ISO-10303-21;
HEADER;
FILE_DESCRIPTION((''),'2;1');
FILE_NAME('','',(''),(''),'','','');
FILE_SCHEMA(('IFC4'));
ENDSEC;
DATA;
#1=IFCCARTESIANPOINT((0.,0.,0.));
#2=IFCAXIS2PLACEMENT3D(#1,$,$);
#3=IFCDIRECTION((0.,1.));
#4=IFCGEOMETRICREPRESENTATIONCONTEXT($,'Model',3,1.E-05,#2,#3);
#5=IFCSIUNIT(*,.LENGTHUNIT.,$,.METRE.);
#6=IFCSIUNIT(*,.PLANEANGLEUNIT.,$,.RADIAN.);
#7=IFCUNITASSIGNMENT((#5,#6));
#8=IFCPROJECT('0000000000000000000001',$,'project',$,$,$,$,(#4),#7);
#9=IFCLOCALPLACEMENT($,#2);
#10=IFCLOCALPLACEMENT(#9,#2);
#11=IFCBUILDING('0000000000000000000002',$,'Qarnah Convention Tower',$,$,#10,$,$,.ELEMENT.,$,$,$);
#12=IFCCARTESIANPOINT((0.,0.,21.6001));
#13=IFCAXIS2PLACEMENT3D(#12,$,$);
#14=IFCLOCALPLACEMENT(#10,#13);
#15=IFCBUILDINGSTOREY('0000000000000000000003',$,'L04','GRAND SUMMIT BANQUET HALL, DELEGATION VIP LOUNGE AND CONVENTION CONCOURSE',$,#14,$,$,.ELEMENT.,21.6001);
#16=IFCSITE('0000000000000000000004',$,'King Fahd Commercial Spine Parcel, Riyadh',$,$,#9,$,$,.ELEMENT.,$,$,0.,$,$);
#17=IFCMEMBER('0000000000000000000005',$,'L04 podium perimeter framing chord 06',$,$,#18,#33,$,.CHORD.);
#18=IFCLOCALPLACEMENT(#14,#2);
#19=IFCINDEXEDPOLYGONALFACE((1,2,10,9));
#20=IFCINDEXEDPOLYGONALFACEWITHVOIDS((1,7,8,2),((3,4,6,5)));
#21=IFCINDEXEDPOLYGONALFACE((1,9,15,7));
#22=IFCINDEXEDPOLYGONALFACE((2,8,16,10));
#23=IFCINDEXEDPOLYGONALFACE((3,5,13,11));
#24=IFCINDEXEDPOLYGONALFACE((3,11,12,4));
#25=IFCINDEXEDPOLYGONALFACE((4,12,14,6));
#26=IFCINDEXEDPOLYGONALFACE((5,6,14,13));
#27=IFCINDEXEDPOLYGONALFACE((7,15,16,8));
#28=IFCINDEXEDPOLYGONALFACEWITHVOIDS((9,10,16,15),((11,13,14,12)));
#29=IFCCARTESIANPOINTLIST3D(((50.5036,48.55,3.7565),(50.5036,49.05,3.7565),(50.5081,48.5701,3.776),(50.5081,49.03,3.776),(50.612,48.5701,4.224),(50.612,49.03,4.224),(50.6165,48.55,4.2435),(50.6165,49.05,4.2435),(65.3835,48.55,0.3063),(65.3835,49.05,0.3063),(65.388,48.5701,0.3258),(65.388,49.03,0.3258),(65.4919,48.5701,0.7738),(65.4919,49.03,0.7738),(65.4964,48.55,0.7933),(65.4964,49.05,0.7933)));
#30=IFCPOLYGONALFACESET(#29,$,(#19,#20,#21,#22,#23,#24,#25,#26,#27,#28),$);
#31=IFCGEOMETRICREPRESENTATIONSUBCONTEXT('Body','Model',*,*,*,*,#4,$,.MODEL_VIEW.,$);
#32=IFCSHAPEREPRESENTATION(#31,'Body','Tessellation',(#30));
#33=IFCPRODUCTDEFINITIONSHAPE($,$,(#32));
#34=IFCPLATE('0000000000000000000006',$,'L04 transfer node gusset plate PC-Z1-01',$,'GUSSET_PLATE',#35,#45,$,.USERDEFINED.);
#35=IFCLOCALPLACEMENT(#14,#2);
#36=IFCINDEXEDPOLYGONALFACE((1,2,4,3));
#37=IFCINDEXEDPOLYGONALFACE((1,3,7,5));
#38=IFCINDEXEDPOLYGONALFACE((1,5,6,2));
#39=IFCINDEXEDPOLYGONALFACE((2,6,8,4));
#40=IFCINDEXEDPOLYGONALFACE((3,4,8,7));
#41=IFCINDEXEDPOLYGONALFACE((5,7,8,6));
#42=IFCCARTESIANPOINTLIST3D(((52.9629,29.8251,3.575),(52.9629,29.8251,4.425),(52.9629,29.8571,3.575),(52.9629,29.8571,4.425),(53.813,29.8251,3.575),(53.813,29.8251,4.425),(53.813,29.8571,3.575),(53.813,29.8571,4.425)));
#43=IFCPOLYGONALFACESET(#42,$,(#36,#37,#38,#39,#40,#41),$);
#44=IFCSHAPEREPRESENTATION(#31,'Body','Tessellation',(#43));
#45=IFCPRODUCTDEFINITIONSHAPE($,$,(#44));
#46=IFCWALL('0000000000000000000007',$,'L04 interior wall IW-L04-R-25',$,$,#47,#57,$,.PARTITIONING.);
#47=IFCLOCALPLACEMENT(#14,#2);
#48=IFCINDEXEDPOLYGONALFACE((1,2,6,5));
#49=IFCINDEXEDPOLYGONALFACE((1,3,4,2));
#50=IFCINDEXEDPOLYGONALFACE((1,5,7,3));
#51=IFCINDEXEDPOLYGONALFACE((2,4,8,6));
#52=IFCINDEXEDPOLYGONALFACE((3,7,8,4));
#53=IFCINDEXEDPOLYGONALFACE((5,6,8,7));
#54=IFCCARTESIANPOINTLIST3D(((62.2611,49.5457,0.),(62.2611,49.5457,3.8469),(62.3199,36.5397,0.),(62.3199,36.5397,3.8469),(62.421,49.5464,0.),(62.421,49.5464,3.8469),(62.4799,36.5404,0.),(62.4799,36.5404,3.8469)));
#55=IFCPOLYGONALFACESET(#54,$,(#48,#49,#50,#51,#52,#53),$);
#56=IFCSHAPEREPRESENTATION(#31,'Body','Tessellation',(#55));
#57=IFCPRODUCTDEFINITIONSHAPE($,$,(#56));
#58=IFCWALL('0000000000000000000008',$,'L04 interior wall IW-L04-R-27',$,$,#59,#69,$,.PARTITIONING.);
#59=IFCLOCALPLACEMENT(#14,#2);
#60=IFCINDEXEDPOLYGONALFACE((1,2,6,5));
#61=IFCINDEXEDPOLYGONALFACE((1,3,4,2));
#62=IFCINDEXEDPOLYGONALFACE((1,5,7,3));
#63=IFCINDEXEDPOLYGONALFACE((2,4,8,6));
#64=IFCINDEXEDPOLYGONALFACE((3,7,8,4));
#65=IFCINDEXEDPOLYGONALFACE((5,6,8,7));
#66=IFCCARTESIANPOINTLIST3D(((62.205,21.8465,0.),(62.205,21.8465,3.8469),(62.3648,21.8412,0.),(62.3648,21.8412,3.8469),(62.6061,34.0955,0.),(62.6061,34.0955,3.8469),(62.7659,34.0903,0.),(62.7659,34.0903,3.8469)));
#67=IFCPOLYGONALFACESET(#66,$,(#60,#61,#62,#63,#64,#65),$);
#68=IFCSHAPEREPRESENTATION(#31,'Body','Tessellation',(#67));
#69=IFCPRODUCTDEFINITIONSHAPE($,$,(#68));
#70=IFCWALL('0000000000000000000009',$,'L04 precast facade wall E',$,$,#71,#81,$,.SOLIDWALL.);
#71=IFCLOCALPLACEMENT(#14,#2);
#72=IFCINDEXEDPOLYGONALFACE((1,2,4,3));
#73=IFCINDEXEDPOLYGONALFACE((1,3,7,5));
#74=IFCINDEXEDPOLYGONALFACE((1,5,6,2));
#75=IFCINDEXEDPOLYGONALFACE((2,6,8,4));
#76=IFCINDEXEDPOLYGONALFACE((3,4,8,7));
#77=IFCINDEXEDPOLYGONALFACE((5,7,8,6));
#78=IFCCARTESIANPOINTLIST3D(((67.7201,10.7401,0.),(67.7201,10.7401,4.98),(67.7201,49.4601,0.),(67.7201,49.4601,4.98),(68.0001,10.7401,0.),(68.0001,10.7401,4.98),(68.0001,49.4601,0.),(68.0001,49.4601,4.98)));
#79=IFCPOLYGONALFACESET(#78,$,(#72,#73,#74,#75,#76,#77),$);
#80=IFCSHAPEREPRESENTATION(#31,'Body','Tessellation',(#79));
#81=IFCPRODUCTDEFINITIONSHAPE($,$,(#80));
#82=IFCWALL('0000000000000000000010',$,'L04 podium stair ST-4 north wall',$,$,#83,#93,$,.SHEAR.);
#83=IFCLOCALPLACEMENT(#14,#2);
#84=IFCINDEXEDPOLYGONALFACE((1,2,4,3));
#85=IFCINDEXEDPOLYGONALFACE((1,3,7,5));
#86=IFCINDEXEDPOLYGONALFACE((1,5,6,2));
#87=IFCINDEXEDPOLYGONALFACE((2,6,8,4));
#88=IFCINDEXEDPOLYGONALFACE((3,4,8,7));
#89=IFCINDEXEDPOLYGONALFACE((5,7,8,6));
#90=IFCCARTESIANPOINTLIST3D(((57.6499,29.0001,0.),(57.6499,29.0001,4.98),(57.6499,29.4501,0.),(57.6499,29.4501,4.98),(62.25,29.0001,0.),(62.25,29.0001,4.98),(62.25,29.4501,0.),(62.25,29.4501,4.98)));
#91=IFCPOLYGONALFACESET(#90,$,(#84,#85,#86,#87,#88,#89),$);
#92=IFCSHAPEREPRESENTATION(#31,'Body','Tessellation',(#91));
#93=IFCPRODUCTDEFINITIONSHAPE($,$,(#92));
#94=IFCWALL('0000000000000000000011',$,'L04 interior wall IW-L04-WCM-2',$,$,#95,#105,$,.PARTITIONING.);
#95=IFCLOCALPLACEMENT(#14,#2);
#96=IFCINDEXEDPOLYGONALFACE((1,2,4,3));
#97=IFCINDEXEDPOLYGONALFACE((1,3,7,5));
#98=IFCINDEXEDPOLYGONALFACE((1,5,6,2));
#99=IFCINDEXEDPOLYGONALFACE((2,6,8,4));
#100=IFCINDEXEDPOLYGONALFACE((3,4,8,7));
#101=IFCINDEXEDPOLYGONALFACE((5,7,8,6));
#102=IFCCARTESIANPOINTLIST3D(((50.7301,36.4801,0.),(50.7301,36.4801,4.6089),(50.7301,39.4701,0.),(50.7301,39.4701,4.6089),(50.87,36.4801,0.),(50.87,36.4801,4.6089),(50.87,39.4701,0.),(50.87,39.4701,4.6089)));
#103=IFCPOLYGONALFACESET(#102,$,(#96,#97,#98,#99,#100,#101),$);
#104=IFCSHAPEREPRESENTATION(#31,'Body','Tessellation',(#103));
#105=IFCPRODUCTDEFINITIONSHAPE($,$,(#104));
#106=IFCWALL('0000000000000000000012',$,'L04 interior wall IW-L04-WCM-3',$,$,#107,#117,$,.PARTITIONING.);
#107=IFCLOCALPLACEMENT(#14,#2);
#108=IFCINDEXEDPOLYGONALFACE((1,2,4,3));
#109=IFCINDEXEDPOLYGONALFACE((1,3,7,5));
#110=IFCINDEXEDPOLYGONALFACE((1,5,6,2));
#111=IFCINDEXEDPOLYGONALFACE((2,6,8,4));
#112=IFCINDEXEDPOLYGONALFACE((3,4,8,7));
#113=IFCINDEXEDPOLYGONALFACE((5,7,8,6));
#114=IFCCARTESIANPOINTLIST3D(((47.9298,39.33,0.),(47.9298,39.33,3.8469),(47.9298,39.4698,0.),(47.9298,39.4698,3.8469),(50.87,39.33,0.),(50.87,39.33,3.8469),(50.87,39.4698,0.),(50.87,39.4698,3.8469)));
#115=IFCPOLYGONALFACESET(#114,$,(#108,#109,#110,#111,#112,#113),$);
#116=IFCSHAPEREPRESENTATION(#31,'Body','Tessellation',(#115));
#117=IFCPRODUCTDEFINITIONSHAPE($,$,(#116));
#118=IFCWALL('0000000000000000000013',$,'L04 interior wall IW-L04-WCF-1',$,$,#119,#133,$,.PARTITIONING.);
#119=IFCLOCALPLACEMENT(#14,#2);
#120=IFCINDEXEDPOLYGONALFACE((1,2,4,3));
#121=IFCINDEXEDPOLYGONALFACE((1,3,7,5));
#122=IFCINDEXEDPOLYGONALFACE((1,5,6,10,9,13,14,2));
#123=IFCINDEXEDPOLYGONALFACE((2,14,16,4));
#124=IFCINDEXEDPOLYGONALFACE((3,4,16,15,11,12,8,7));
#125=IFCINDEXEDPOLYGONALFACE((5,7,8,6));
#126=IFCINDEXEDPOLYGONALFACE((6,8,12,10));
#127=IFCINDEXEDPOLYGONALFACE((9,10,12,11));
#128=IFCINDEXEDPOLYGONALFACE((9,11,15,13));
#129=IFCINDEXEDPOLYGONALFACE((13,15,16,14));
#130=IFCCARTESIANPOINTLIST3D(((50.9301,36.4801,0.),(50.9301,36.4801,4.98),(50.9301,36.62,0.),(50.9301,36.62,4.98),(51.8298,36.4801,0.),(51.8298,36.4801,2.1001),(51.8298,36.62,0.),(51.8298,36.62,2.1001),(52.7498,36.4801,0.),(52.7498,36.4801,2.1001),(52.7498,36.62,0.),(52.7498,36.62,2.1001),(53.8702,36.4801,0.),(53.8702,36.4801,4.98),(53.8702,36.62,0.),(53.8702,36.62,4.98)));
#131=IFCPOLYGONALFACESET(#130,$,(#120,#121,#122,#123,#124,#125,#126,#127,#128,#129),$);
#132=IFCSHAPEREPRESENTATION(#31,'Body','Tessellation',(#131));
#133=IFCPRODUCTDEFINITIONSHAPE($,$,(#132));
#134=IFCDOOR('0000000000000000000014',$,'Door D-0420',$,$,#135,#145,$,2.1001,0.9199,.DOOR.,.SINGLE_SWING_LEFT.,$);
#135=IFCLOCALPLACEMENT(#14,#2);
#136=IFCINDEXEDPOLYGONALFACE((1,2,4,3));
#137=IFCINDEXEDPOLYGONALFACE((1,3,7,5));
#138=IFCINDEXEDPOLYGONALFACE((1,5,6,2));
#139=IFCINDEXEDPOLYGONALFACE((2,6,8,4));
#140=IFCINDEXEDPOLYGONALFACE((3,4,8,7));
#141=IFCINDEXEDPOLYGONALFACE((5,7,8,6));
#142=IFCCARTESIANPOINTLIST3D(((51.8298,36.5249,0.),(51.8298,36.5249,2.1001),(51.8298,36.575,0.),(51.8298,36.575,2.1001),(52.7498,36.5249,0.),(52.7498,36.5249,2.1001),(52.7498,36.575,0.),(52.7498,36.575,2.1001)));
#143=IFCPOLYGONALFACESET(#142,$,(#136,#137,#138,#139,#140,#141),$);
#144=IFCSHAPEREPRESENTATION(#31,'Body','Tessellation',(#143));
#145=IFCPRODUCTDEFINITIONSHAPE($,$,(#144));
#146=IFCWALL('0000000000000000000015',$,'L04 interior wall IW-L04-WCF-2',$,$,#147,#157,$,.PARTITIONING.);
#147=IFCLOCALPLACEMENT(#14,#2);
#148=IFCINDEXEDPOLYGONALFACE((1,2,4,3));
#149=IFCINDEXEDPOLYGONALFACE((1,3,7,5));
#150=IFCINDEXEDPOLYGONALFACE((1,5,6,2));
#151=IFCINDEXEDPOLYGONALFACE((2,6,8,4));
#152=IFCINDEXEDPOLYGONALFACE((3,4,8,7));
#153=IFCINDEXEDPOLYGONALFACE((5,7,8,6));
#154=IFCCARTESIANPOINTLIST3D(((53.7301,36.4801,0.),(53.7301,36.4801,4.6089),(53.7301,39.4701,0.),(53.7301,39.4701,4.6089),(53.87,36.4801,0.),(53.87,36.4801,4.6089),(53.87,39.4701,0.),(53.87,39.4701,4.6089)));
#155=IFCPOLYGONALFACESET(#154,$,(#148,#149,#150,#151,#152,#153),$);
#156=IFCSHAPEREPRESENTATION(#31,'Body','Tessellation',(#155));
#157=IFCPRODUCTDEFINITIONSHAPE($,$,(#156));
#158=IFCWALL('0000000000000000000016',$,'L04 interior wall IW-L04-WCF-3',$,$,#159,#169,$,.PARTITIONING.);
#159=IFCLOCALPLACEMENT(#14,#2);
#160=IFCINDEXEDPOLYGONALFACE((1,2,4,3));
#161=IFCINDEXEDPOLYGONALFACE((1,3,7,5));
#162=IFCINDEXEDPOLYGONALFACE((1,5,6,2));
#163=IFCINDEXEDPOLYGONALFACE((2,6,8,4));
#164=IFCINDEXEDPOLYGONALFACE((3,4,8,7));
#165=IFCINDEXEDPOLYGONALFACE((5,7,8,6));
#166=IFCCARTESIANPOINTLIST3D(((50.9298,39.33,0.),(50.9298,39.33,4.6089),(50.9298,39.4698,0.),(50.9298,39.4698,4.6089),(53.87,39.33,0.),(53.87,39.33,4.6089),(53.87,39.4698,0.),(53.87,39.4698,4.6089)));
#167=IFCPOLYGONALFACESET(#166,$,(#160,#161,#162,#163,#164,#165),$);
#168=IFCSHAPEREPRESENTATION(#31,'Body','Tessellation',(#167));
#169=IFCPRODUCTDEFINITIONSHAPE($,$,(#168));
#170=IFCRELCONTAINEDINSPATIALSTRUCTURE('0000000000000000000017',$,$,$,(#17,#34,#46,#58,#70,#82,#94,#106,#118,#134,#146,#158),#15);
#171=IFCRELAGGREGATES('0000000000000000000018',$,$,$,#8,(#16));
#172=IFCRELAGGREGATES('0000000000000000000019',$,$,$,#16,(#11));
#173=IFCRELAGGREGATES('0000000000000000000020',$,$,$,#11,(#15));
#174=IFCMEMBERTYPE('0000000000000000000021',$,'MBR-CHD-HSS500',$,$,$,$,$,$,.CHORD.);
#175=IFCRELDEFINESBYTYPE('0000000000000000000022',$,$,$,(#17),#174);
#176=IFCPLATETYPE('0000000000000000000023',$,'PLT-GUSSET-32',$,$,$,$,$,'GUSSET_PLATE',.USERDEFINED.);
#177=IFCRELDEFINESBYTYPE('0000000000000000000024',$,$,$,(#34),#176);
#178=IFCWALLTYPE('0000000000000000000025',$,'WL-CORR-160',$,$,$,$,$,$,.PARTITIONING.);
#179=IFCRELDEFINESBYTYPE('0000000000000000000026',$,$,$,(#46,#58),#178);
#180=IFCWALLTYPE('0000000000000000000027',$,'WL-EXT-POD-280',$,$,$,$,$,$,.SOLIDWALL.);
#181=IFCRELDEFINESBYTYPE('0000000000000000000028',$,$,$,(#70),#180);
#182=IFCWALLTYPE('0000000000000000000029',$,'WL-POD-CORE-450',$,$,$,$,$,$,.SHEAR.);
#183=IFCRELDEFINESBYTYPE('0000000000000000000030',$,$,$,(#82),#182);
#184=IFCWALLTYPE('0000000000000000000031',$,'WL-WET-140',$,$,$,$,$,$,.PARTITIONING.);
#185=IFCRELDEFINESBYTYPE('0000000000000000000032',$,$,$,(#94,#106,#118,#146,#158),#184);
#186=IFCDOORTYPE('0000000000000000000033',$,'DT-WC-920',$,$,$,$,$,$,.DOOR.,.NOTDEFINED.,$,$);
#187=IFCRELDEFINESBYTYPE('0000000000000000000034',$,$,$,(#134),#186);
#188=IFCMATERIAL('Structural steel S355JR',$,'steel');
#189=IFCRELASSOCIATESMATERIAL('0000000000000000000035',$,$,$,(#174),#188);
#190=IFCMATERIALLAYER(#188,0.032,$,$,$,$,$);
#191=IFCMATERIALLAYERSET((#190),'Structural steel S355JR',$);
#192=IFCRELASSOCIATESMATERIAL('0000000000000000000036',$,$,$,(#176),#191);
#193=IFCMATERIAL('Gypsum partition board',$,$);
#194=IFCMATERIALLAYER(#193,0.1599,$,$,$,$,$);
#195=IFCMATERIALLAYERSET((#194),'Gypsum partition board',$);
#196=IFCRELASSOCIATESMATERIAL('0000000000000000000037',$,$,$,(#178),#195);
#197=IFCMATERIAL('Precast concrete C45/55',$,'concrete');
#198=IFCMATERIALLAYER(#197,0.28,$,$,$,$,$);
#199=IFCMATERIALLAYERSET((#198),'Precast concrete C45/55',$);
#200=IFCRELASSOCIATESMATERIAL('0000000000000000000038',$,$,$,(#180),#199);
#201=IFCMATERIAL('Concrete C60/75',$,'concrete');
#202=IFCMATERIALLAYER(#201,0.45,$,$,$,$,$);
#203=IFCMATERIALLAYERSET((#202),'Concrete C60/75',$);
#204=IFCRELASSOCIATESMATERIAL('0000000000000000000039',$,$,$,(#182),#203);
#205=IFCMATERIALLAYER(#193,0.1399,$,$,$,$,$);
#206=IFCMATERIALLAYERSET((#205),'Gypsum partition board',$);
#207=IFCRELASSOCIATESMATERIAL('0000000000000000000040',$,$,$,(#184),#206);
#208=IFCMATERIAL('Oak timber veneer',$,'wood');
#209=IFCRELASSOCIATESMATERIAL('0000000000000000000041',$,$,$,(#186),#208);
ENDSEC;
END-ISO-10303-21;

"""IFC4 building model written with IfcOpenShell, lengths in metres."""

from ifc_helpers import new_model, si_unit, direction, frame, frame_2d, origin, origin_2d, place, context, subcontext, project, spatial, rectangle, hollow_rectangle, extrude, material, layer, layer_set, material_profile, profile_set, type_object, element, fill, save


model = new_model("IFC4")

# Units and contexts
model_context = context("Model", 3, precision=1e-05, world=origin(), true_north=direction((0.0, 1.0)))
body_context = subcontext(model_context, "Body", "Model", "MODEL_VIEW")
ifc_project = project(units=[si_unit("LENGTHUNIT", "METRE"), si_unit("PLANEANGLEUNIT", "RADIAN")], contexts=[model_context])

# Site, building, storey
site_placement = place(None, origin())
site = spatial("IfcSite", under=ifc_project, at=site_placement, Name="King Fahd Commercial Spine Parcel, Riyadh", CompositionType="ELEMENT", RefElevation=0.0)
building_placement = place(site_placement, origin())
building = spatial("IfcBuilding", under=site, at=building_placement, Name="Qarnah Convention Tower", CompositionType="ELEMENT")
storey_placement = place(building_placement, frame((0.0, 0.0, 21.6001)))
storey = spatial("IfcBuildingStorey", under=building, at=storey_placement, Name="L04", Description="GRAND SUMMIT BANQUET HALL, DELEGATION VIP LOUNGE AND CONVENTION CONCOURSE", CompositionType="ELEMENT", Elevation=21.6001)

# Shared definitions
ifc_material_1 = material(Name="Concrete C60/75", Category="concrete")
ifc_material_2 = material(Name="Precast concrete C45/55", Category="concrete")

# Shared definitions
ifc_material_3 = material(Name="Structural steel S355JR", Category="steel")

# Member
ifc_material_profile_1 = material_profile(ifc_material_3, hollow_rectangle(XDim=0.5, YDim=0.5, WallThickness=0.02, at=origin_2d()), Name="HSS500X500X20")
ifc_profile_set_1 = profile_set([ifc_material_profile_1], Name="Structural steel S355JR")
member_type = type_object("IfcMemberType", Name="MBR-CHD-HSS500", PredefinedType="CHORD", material=ifc_profile_set_1)
member_1_placement = place(storey_placement, frame((65.4399, 48.8, 0.5498), z_axis=(-0.974156, 0.0, 0.225877), x_axis=(0.0, -1.0, 0.0)))
element("IfcMember", 1, at=member_1_placement, inside=storey, type_object=member_type, Name="L04 podium perimeter framing chord 06", PredefinedType="CHORD", context=body_context, shape_type="SweptSolid", body=[
    extrude(hollow_rectangle(XDim=0.5, YDim=0.5, WallThickness=0.02, at=origin_2d()), origin(), (0.0, 0.0, 1.0), 15.2747),
])

# Plate
ifc_layer_1 = layer(ifc_material_3, 0.032)
ifc_layer_set_1 = layer_set([ifc_layer_1], Name="Structural steel S355JR")
plate_type = type_object("IfcPlateType", Name="PLT-GUSSET-32", ElementType="GUSSET_PLATE", PredefinedType="USERDEFINED", material=ifc_layer_set_1)
plate_placement = place(storey_placement, frame((53.3879, 29.8411, 3.575), z_axis=(0.0, 0.0, 1.0), x_axis=(1.0, 0.0, 0.0)))
element("IfcPlate", 2, at=plate_placement, inside=storey, type_object=plate_type, Name="L04 transfer node gusset plate PC-Z1-01", ObjectType="GUSSET_PLATE", PredefinedType="USERDEFINED", context=body_context, shape_type="SweptSolid", body=[
    extrude(rectangle(XDim=0.8501, YDim=0.032, at=origin_2d()), origin(), (0.0, 0.0, 1.0), 0.8501),
])

# Wall
ifc_material_4 = material(Name="Gypsum partition board")
ifc_layer_2 = layer(ifc_material_4, 0.1599)
ifc_layer_set_2 = layer_set([ifc_layer_2], Name="Gypsum partition board")
wall_type_1 = type_object("IfcWallType", Name="WL-CORR-160", PredefinedType="PARTITIONING", material=ifc_layer_set_2)
wall_1_placement = place(storey_placement, frame((62.3411, 49.5459, 0.0), z_axis=(0.0, 0.0, 1.0), x_axis=(0.004524, -0.99999, 0.0)))
element("IfcWall", 3, at=wall_1_placement, inside=storey, type_object=wall_type_1, Name="L04 interior wall IW-L04-R-25", PredefinedType="PARTITIONING", context=body_context, shape_type="SweptSolid", body=[
    extrude(rectangle(XDim=13.0061, YDim=0.1599, at=frame_2d((6.5029, 0.0))), origin(), (0.0, 0.0, 1.0), 3.8469),
])

# Shared definitions
ifc_material_5 = material(Name="Oak timber veneer", Category="wood")

# Walls
wall_2_placement = place(storey_placement, frame((62.686, 34.093, 0.0), z_axis=(0.0, 0.0, 1.0), x_axis=(-0.03273, -0.999464, 0.0)))
element("IfcWall", 4, at=wall_2_placement, inside=storey, type_object=wall_type_1, Name="L04 interior wall IW-L04-R-27", PredefinedType="PARTITIONING", context=body_context, shape_type="SweptSolid", body=[
    extrude(rectangle(XDim=12.2556, YDim=0.1599, at=frame_2d((6.1279, 0.0))), origin(), (0.0, 0.0, 1.0), 3.8469),
])
ifc_layer_3 = layer(ifc_material_2, 0.28)
ifc_layer_set_3 = layer_set([ifc_layer_3], Name="Precast concrete C45/55")
wall_type_2 = type_object("IfcWallType", Name="WL-EXT-POD-280", PredefinedType="SOLIDWALL", material=ifc_layer_set_3)
wall_3_placement = place(storey_placement, frame((67.8601, 49.46, 0.0), z_axis=(0.0, 0.0, 1.0), x_axis=(0.0, -1.0, 0.0)))
element("IfcWall", 5, at=wall_3_placement, inside=storey, type_object=wall_type_2, Name="L04 precast facade wall E", PredefinedType="SOLIDWALL", context=body_context, shape_type="SweptSolid", body=[
    extrude(rectangle(XDim=38.72, YDim=0.28, at=frame_2d((19.3599, 0.0))), origin(), (0.0, 0.0, 1.0), 4.98),
])
ifc_layer_4 = layer(ifc_material_1, 0.45)
ifc_layer_set_4 = layer_set([ifc_layer_4], Name="Concrete C60/75")
wall_type_3 = type_object("IfcWallType", Name="WL-POD-CORE-450", PredefinedType="SHEAR", material=ifc_layer_set_4)
wall_4_placement = place(storey_placement, frame((57.6499, 29.2251, 0.0), z_axis=(0.0, 0.0, 1.0), x_axis=(1.0, 0.0, 0.0)))
element("IfcWall", 6, at=wall_4_placement, inside=storey, type_object=wall_type_3, Name="L04 podium stair ST-4 north wall", PredefinedType="SHEAR", context=body_context, shape_type="SweptSolid", body=[
    extrude(rectangle(XDim=4.6001, YDim=0.45, at=frame_2d((2.3, 0.0))), origin(), (0.0, 0.0, 1.0), 4.98),
])
ifc_layer_5 = layer(ifc_material_4, 0.1399)
ifc_layer_set_5 = layer_set([ifc_layer_5], Name="Gypsum partition board")
wall_type_4 = type_object("IfcWallType", Name="WL-WET-140", PredefinedType="PARTITIONING", material=ifc_layer_set_5)
wall_5_placement = place(storey_placement, frame((50.8, 36.48, 0.0), z_axis=(0.0, 0.0, 1.0), x_axis=(0.0, 1.0, 0.0)))
element("IfcWall", 7, at=wall_5_placement, inside=storey, type_object=wall_type_4, Name="L04 interior wall IW-L04-WCM-2", PredefinedType="PARTITIONING", context=body_context, shape_type="SweptSolid", body=[
    extrude(rectangle(XDim=2.99, YDim=0.1399, at=frame_2d((1.4951, 0.0))), origin(), (0.0, 0.0, 1.0), 4.6089),
])
wall_6_placement = place(storey_placement, frame((50.8701, 39.3999, 0.0), z_axis=(0.0, 0.0, 1.0), x_axis=(-1.0, 0.0, 0.0)))
element("IfcWall", 8, at=wall_6_placement, inside=storey, type_object=wall_type_4, Name="L04 interior wall IW-L04-WCM-3", PredefinedType="PARTITIONING", context=body_context, shape_type="SweptSolid", body=[
    extrude(rectangle(XDim=2.9402, YDim=0.1399, at=frame_2d((1.4702, 0.0))), origin(), (0.0, 0.0, 1.0), 3.8469),
])

# Wall, opening, door
wall_7_placement = place(storey_placement, frame((50.9299, 36.55, 0.0), z_axis=(0.0, 0.0, 1.0), x_axis=(1.0, 0.0, 0.0)))
wall_7 = element("IfcWall", 9, at=wall_7_placement, inside=storey, type_object=wall_type_4, Name="L04 interior wall IW-L04-WCF-1", PredefinedType="PARTITIONING", context=body_context, shape_type="SweptSolid", body=[
    extrude(rectangle(XDim=2.9402, YDim=0.1399, at=frame_2d((1.4702, 0.0))), origin(), (0.0, 0.0, 1.0), 4.98),
])
opening_1_placement = place(wall_7_placement, frame((0.8999, 0.0, 0.0)))
opening_1 = element("IfcOpeningElement", 10, at=opening_1_placement, cuts=wall_7, PredefinedType="OPENING", context=body_context, shape_type="SweptSolid", body=[
    extrude(rectangle(XDim=0.9199, YDim=2.1001, at=frame_2d((0.46, 1.05))), frame((0.0, 0.0798, 0.0), z_axis=(0.0, -1.0, 0.0), x_axis=(1.0, 0.0, 0.0)), (0.0, 0.0, 1.0), 0.1599),
])
door_type_1 = type_object("IfcDoorType", Name="DT-WC-920", OperationType="NOTDEFINED", PredefinedType="DOOR", material=ifc_material_5)
door_1_placement = place(opening_1_placement, origin())
door_1 = element("IfcDoor", 11, at=door_1_placement, inside=storey, type_object=door_type_1, Name="Door D-0420", OperationType="SINGLE_SWING_LEFT", OverallHeight=2.1001, OverallWidth=0.9199, PredefinedType="DOOR", context=body_context, shape_type="SweptSolid", body=[
    extrude(rectangle(XDim=0.9199, YDim=2.1001, at=frame_2d((0.46, 1.05))), frame((0.0, 0.0249, 0.0), z_axis=(0.0, -1.0, 0.0), x_axis=(1.0, 0.0, 0.0)), (0.0, 0.0, 1.0), 0.05),
])
fill(opening_1, door_1)

# Walls
wall_8_placement = place(storey_placement, frame((53.8, 36.48, 0.0), z_axis=(0.0, 0.0, 1.0), x_axis=(0.0, 1.0, 0.0)))
element("IfcWall", 12, at=wall_8_placement, inside=storey, type_object=wall_type_4, Name="L04 interior wall IW-L04-WCF-2", PredefinedType="PARTITIONING", context=body_context, shape_type="SweptSolid", body=[
    extrude(rectangle(XDim=2.99, YDim=0.1399, at=frame_2d((1.4951, 0.0))), origin(), (0.0, 0.0, 1.0), 4.6089),
])
wall_9_placement = place(storey_placement, frame((53.8701, 39.3999, 0.0), z_axis=(0.0, 0.0, 1.0), x_axis=(-1.0, 0.0, 0.0)))
element("IfcWall", 13, at=wall_9_placement, inside=storey, type_object=wall_type_4, Name="L04 interior wall IW-L04-WCF-3", PredefinedType="PARTITIONING", context=body_context, shape_type="SweptSolid", body=[
    extrude(rectangle(XDim=2.9402, YDim=0.1399, at=frame_2d((1.4702, 0.0))), origin(), (0.0, 0.0, 1.0), 4.6089),
])

save(model, "model.ifc")
